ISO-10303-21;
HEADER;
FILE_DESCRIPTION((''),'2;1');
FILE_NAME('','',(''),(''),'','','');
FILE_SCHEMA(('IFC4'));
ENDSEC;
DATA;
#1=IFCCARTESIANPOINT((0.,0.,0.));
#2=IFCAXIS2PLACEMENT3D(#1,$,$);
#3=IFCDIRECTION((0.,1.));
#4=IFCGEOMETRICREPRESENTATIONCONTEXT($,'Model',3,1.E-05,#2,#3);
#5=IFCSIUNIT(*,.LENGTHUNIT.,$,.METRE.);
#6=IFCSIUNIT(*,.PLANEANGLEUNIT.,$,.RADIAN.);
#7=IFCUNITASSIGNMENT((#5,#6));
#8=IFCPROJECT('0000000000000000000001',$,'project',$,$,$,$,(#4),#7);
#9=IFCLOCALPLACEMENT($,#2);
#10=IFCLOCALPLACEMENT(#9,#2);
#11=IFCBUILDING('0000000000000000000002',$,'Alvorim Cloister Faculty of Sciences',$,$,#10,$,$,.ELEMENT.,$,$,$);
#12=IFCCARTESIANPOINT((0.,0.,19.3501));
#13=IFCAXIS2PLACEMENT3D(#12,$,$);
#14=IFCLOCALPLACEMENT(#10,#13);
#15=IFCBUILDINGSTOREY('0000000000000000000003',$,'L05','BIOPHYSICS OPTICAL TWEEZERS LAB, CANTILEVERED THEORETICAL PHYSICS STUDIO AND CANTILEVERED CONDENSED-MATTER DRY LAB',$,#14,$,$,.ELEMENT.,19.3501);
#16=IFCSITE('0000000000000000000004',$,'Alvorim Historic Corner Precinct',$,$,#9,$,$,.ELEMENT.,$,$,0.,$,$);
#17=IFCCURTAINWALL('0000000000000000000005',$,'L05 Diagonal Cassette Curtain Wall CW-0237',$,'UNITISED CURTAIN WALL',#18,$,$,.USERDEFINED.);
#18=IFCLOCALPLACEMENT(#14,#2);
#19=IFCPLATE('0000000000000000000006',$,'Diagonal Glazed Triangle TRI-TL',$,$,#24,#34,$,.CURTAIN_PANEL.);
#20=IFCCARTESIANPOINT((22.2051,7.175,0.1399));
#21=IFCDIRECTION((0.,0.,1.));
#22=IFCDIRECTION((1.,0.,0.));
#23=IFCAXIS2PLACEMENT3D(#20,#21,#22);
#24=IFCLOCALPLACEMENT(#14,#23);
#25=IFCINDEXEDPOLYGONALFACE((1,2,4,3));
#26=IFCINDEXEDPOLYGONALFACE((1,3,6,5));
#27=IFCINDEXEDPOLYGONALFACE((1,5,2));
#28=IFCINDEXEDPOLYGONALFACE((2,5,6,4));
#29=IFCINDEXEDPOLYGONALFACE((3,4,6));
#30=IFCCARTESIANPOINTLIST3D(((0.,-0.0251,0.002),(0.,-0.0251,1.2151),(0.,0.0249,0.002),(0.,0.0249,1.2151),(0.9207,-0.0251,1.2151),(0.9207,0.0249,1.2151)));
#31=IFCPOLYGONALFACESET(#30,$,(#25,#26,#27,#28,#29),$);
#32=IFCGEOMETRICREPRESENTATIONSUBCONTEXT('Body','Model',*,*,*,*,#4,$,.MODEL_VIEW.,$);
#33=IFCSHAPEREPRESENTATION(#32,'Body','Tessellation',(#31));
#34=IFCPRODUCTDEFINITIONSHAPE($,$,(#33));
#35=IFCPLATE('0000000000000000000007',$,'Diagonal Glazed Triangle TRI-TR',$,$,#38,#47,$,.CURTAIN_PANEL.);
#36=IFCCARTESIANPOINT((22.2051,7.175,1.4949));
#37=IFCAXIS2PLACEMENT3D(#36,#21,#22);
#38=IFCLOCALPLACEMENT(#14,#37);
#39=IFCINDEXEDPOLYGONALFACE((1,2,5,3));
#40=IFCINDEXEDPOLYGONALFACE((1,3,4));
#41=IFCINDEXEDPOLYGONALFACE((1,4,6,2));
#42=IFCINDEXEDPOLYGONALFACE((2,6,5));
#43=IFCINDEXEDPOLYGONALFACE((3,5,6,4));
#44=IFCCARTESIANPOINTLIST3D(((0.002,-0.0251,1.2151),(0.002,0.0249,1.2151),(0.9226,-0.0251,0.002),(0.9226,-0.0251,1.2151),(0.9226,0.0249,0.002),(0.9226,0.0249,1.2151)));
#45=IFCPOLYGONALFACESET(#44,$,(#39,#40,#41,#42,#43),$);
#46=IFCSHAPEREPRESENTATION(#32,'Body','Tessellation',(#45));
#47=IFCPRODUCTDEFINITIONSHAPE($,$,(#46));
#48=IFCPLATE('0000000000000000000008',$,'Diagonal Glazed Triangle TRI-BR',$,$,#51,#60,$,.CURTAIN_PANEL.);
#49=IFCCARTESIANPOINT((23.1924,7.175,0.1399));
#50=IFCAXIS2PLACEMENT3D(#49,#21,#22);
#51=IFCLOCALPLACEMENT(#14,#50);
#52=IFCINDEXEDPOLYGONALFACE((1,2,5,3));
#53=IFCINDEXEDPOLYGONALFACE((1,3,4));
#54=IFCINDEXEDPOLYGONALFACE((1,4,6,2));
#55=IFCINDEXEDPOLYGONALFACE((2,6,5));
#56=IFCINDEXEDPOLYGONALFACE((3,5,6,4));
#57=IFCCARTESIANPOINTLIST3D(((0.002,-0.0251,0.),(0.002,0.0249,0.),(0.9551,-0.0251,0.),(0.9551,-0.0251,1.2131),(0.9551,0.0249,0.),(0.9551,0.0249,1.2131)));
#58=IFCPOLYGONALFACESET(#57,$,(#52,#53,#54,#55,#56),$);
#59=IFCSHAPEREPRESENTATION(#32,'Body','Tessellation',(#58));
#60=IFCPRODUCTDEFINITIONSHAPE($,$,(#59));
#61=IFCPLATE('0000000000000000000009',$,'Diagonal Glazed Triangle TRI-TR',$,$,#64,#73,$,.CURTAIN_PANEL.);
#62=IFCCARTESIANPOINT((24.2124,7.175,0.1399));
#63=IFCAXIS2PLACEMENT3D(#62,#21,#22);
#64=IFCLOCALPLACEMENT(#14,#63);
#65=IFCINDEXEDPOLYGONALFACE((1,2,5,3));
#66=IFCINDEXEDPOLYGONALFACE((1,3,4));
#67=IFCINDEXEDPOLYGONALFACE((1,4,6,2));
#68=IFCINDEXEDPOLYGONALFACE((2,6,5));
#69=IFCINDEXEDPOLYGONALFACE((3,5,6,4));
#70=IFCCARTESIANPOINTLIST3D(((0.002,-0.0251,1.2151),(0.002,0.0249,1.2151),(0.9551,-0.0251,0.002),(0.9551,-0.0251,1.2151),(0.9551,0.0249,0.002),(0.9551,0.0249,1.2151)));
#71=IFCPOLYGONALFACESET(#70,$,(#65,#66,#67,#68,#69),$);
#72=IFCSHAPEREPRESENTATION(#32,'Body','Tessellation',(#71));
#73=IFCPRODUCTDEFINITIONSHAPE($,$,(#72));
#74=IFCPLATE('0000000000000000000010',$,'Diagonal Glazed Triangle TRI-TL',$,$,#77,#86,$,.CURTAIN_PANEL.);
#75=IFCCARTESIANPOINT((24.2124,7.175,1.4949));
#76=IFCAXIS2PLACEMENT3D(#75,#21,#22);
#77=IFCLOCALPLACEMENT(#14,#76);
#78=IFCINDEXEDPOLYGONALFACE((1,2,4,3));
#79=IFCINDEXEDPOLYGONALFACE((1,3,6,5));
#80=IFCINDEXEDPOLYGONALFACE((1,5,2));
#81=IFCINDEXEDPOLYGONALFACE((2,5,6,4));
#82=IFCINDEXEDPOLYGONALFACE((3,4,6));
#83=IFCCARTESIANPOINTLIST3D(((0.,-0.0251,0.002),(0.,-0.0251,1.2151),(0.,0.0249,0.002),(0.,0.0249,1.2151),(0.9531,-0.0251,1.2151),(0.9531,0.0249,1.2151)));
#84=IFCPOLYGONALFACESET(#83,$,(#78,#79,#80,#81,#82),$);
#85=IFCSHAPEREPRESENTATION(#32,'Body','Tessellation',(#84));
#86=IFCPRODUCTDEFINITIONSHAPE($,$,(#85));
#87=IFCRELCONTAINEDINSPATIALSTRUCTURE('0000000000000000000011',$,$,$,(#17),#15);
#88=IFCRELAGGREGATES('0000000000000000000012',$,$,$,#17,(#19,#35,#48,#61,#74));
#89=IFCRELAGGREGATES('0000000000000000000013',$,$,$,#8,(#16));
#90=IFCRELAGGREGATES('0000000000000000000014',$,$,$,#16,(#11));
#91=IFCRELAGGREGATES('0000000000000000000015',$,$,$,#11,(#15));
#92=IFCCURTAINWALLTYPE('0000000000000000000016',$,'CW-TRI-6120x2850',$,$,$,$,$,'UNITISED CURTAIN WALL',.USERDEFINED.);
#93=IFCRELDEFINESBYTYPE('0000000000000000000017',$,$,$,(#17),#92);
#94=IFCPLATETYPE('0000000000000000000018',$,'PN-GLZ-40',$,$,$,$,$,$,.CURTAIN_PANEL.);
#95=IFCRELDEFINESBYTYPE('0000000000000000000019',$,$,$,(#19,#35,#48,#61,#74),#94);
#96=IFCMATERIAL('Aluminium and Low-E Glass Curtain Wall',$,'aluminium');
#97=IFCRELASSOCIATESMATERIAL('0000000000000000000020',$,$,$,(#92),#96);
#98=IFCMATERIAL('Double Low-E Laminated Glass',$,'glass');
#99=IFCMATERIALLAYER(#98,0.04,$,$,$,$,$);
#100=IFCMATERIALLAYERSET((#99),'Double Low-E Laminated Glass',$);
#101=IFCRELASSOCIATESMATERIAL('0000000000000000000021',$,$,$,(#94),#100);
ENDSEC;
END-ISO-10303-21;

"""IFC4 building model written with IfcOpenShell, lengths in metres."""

from ifc_helpers import new_model, si_unit, direction, frame, origin, place, context, subcontext, project, spatial, polyline, outline, extrude, material, layer, layer_set, type_object, element, aggregate, save


model = new_model("IFC4")

# Units and contexts
model_context = context("Model", 3, precision=1e-05, world=origin(), true_north=direction((0.0, 1.0)))
body_context = subcontext(model_context, "Body", "Model", "MODEL_VIEW")
ifc_project = project(units=[si_unit("LENGTHUNIT", "METRE"), si_unit("PLANEANGLEUNIT", "RADIAN")], contexts=[model_context])

# Site, building, storey
site_placement = place(None, origin())
site = spatial("IfcSite", under=ifc_project, at=site_placement, Name="Alvorim Historic Corner Precinct", CompositionType="ELEMENT", RefElevation=0.0)
building_placement = place(site_placement, origin())
building = spatial("IfcBuilding", under=site, at=building_placement, Name="Alvorim Cloister Faculty of Sciences", CompositionType="ELEMENT")
storey_placement = place(building_placement, frame((0.0, 0.0, 19.3501)))
storey = spatial("IfcBuildingStorey", under=building, at=storey_placement, Name="L05", Description="BIOPHYSICS OPTICAL TWEEZERS LAB, CANTILEVERED THEORETICAL PHYSICS STUDIO AND CANTILEVERED CONDENSED-MATTER DRY LAB", CompositionType="ELEMENT", Elevation=19.3501)

# Curtain wall
ifc_material_1 = material(Name="Aluminium and Low-E Glass Curtain Wall", Category="aluminium")
curtain_wall_type_1 = type_object("IfcCurtainWallType", Name="CW-TRI-6120x2850", ElementType="UNITISED CURTAIN WALL", PredefinedType="USERDEFINED", material=ifc_material_1)
curtain_wall_1_placement = place(storey_placement, origin())
curtain_wall_1 = element("IfcCurtainWall", 1, at=curtain_wall_1_placement, inside=storey, type_object=curtain_wall_type_1, Name="L05 Diagonal Cassette Curtain Wall CW-0237", ObjectType="UNITISED CURTAIN WALL", PredefinedType="USERDEFINED")

# Plates
ifc_material_2 = material(Name="Double Low-E Laminated Glass", Category="glass")
ifc_layer_1 = layer(ifc_material_2, 0.04)
ifc_layer_set_1 = layer_set([ifc_layer_1], Name="Double Low-E Laminated Glass")
plate_type = type_object("IfcPlateType", Name="PN-GLZ-40", PredefinedType="CURTAIN_PANEL", material=ifc_layer_set_1)
plate_1_placement = place(storey_placement, frame((22.2051, 7.175, 0.1399), z_axis=(0.0, 0.0, 1.0), x_axis=(1.0, 0.0, 0.0)))
plate_1 = element("IfcPlate", 2, at=plate_1_placement, type_object=plate_type, Name="Diagonal Glazed Triangle TRI-TL", PredefinedType="CURTAIN_PANEL", context=body_context, shape_type="SweptSolid", body=[
    extrude(outline(polyline([(0.9207, 1.2151), (0.0, 1.2151), (0.0, 0.002), (0.9207, 1.2151)])), frame((0.0, 0.0249, 0.0), z_axis=(0.0, -1.0, 0.0), x_axis=(1.0, 0.0, 0.0)), (0.0, 0.0, 1.0), 0.05),
])
plate_2_placement = place(storey_placement, frame((22.2051, 7.175, 1.4949), z_axis=(0.0, 0.0, 1.0), x_axis=(1.0, 0.0, 0.0)))
plate_2 = element("IfcPlate", 3, at=plate_2_placement, type_object=plate_type, Name="Diagonal Glazed Triangle TRI-TR", PredefinedType="CURTAIN_PANEL", context=body_context, shape_type="SweptSolid", body=[
    extrude(outline(polyline([(0.9226, 0.002), (0.9226, 1.2151), (0.002, 1.2151), (0.9226, 0.002)])), frame((0.0, 0.0249, 0.0), z_axis=(0.0, -1.0, 0.0), x_axis=(1.0, 0.0, 0.0)), (0.0, 0.0, 1.0), 0.05),
])
plate_3_placement = place(storey_placement, frame((23.1924, 7.175, 0.1399), z_axis=(0.0, 0.0, 1.0), x_axis=(1.0, 0.0, 0.0)))
plate_3 = element("IfcPlate", 4, at=plate_3_placement, type_object=plate_type, Name="Diagonal Glazed Triangle TRI-BR", PredefinedType="CURTAIN_PANEL", context=body_context, shape_type="SweptSolid", body=[
    extrude(outline(polyline([(0.002, 0.0), (0.9551, 0.0), (0.9551, 1.2131), (0.002, 0.0)])), frame((0.0, 0.0249, 0.0), z_axis=(0.0, -1.0, 0.0), x_axis=(1.0, 0.0, 0.0)), (0.0, 0.0, 1.0), 0.05),
])
plate_4_placement = place(storey_placement, frame((24.2124, 7.175, 0.1399), z_axis=(0.0, 0.0, 1.0), x_axis=(1.0, 0.0, 0.0)))
plate_4 = element("IfcPlate", 5, at=plate_4_placement, type_object=plate_type, Name="Diagonal Glazed Triangle TRI-TR", PredefinedType="CURTAIN_PANEL", context=body_context, shape_type="SweptSolid", body=[
    extrude(outline(polyline([(0.9551, 0.002), (0.9551, 1.2151), (0.002, 1.2151), (0.9551, 0.002)])), frame((0.0, 0.0249, 0.0), z_axis=(0.0, -1.0, 0.0), x_axis=(1.0, 0.0, 0.0)), (0.0, 0.0, 1.0), 0.05),
])
plate_5_placement = place(storey_placement, frame((24.2124, 7.175, 1.4949), z_axis=(0.0, 0.0, 1.0), x_axis=(1.0, 0.0, 0.0)))
plate_5 = element("IfcPlate", 6, at=plate_5_placement, type_object=plate_type, Name="Diagonal Glazed Triangle TRI-TL", PredefinedType="CURTAIN_PANEL", context=body_context, shape_type="SweptSolid", body=[
    extrude(outline(polyline([(0.9531, 1.2151), (0.0, 1.2151), (0.0, 0.002), (0.9531, 1.2151)])), frame((0.0, 0.0249, 0.0), z_axis=(0.0, -1.0, 0.0), x_axis=(1.0, 0.0, 0.0)), (0.0, 0.0, 1.0), 0.05),
])
aggregate(curtain_wall_1, [plate_1, plate_2, plate_3, plate_4, plate_5])

save(model, "model.ifc")
